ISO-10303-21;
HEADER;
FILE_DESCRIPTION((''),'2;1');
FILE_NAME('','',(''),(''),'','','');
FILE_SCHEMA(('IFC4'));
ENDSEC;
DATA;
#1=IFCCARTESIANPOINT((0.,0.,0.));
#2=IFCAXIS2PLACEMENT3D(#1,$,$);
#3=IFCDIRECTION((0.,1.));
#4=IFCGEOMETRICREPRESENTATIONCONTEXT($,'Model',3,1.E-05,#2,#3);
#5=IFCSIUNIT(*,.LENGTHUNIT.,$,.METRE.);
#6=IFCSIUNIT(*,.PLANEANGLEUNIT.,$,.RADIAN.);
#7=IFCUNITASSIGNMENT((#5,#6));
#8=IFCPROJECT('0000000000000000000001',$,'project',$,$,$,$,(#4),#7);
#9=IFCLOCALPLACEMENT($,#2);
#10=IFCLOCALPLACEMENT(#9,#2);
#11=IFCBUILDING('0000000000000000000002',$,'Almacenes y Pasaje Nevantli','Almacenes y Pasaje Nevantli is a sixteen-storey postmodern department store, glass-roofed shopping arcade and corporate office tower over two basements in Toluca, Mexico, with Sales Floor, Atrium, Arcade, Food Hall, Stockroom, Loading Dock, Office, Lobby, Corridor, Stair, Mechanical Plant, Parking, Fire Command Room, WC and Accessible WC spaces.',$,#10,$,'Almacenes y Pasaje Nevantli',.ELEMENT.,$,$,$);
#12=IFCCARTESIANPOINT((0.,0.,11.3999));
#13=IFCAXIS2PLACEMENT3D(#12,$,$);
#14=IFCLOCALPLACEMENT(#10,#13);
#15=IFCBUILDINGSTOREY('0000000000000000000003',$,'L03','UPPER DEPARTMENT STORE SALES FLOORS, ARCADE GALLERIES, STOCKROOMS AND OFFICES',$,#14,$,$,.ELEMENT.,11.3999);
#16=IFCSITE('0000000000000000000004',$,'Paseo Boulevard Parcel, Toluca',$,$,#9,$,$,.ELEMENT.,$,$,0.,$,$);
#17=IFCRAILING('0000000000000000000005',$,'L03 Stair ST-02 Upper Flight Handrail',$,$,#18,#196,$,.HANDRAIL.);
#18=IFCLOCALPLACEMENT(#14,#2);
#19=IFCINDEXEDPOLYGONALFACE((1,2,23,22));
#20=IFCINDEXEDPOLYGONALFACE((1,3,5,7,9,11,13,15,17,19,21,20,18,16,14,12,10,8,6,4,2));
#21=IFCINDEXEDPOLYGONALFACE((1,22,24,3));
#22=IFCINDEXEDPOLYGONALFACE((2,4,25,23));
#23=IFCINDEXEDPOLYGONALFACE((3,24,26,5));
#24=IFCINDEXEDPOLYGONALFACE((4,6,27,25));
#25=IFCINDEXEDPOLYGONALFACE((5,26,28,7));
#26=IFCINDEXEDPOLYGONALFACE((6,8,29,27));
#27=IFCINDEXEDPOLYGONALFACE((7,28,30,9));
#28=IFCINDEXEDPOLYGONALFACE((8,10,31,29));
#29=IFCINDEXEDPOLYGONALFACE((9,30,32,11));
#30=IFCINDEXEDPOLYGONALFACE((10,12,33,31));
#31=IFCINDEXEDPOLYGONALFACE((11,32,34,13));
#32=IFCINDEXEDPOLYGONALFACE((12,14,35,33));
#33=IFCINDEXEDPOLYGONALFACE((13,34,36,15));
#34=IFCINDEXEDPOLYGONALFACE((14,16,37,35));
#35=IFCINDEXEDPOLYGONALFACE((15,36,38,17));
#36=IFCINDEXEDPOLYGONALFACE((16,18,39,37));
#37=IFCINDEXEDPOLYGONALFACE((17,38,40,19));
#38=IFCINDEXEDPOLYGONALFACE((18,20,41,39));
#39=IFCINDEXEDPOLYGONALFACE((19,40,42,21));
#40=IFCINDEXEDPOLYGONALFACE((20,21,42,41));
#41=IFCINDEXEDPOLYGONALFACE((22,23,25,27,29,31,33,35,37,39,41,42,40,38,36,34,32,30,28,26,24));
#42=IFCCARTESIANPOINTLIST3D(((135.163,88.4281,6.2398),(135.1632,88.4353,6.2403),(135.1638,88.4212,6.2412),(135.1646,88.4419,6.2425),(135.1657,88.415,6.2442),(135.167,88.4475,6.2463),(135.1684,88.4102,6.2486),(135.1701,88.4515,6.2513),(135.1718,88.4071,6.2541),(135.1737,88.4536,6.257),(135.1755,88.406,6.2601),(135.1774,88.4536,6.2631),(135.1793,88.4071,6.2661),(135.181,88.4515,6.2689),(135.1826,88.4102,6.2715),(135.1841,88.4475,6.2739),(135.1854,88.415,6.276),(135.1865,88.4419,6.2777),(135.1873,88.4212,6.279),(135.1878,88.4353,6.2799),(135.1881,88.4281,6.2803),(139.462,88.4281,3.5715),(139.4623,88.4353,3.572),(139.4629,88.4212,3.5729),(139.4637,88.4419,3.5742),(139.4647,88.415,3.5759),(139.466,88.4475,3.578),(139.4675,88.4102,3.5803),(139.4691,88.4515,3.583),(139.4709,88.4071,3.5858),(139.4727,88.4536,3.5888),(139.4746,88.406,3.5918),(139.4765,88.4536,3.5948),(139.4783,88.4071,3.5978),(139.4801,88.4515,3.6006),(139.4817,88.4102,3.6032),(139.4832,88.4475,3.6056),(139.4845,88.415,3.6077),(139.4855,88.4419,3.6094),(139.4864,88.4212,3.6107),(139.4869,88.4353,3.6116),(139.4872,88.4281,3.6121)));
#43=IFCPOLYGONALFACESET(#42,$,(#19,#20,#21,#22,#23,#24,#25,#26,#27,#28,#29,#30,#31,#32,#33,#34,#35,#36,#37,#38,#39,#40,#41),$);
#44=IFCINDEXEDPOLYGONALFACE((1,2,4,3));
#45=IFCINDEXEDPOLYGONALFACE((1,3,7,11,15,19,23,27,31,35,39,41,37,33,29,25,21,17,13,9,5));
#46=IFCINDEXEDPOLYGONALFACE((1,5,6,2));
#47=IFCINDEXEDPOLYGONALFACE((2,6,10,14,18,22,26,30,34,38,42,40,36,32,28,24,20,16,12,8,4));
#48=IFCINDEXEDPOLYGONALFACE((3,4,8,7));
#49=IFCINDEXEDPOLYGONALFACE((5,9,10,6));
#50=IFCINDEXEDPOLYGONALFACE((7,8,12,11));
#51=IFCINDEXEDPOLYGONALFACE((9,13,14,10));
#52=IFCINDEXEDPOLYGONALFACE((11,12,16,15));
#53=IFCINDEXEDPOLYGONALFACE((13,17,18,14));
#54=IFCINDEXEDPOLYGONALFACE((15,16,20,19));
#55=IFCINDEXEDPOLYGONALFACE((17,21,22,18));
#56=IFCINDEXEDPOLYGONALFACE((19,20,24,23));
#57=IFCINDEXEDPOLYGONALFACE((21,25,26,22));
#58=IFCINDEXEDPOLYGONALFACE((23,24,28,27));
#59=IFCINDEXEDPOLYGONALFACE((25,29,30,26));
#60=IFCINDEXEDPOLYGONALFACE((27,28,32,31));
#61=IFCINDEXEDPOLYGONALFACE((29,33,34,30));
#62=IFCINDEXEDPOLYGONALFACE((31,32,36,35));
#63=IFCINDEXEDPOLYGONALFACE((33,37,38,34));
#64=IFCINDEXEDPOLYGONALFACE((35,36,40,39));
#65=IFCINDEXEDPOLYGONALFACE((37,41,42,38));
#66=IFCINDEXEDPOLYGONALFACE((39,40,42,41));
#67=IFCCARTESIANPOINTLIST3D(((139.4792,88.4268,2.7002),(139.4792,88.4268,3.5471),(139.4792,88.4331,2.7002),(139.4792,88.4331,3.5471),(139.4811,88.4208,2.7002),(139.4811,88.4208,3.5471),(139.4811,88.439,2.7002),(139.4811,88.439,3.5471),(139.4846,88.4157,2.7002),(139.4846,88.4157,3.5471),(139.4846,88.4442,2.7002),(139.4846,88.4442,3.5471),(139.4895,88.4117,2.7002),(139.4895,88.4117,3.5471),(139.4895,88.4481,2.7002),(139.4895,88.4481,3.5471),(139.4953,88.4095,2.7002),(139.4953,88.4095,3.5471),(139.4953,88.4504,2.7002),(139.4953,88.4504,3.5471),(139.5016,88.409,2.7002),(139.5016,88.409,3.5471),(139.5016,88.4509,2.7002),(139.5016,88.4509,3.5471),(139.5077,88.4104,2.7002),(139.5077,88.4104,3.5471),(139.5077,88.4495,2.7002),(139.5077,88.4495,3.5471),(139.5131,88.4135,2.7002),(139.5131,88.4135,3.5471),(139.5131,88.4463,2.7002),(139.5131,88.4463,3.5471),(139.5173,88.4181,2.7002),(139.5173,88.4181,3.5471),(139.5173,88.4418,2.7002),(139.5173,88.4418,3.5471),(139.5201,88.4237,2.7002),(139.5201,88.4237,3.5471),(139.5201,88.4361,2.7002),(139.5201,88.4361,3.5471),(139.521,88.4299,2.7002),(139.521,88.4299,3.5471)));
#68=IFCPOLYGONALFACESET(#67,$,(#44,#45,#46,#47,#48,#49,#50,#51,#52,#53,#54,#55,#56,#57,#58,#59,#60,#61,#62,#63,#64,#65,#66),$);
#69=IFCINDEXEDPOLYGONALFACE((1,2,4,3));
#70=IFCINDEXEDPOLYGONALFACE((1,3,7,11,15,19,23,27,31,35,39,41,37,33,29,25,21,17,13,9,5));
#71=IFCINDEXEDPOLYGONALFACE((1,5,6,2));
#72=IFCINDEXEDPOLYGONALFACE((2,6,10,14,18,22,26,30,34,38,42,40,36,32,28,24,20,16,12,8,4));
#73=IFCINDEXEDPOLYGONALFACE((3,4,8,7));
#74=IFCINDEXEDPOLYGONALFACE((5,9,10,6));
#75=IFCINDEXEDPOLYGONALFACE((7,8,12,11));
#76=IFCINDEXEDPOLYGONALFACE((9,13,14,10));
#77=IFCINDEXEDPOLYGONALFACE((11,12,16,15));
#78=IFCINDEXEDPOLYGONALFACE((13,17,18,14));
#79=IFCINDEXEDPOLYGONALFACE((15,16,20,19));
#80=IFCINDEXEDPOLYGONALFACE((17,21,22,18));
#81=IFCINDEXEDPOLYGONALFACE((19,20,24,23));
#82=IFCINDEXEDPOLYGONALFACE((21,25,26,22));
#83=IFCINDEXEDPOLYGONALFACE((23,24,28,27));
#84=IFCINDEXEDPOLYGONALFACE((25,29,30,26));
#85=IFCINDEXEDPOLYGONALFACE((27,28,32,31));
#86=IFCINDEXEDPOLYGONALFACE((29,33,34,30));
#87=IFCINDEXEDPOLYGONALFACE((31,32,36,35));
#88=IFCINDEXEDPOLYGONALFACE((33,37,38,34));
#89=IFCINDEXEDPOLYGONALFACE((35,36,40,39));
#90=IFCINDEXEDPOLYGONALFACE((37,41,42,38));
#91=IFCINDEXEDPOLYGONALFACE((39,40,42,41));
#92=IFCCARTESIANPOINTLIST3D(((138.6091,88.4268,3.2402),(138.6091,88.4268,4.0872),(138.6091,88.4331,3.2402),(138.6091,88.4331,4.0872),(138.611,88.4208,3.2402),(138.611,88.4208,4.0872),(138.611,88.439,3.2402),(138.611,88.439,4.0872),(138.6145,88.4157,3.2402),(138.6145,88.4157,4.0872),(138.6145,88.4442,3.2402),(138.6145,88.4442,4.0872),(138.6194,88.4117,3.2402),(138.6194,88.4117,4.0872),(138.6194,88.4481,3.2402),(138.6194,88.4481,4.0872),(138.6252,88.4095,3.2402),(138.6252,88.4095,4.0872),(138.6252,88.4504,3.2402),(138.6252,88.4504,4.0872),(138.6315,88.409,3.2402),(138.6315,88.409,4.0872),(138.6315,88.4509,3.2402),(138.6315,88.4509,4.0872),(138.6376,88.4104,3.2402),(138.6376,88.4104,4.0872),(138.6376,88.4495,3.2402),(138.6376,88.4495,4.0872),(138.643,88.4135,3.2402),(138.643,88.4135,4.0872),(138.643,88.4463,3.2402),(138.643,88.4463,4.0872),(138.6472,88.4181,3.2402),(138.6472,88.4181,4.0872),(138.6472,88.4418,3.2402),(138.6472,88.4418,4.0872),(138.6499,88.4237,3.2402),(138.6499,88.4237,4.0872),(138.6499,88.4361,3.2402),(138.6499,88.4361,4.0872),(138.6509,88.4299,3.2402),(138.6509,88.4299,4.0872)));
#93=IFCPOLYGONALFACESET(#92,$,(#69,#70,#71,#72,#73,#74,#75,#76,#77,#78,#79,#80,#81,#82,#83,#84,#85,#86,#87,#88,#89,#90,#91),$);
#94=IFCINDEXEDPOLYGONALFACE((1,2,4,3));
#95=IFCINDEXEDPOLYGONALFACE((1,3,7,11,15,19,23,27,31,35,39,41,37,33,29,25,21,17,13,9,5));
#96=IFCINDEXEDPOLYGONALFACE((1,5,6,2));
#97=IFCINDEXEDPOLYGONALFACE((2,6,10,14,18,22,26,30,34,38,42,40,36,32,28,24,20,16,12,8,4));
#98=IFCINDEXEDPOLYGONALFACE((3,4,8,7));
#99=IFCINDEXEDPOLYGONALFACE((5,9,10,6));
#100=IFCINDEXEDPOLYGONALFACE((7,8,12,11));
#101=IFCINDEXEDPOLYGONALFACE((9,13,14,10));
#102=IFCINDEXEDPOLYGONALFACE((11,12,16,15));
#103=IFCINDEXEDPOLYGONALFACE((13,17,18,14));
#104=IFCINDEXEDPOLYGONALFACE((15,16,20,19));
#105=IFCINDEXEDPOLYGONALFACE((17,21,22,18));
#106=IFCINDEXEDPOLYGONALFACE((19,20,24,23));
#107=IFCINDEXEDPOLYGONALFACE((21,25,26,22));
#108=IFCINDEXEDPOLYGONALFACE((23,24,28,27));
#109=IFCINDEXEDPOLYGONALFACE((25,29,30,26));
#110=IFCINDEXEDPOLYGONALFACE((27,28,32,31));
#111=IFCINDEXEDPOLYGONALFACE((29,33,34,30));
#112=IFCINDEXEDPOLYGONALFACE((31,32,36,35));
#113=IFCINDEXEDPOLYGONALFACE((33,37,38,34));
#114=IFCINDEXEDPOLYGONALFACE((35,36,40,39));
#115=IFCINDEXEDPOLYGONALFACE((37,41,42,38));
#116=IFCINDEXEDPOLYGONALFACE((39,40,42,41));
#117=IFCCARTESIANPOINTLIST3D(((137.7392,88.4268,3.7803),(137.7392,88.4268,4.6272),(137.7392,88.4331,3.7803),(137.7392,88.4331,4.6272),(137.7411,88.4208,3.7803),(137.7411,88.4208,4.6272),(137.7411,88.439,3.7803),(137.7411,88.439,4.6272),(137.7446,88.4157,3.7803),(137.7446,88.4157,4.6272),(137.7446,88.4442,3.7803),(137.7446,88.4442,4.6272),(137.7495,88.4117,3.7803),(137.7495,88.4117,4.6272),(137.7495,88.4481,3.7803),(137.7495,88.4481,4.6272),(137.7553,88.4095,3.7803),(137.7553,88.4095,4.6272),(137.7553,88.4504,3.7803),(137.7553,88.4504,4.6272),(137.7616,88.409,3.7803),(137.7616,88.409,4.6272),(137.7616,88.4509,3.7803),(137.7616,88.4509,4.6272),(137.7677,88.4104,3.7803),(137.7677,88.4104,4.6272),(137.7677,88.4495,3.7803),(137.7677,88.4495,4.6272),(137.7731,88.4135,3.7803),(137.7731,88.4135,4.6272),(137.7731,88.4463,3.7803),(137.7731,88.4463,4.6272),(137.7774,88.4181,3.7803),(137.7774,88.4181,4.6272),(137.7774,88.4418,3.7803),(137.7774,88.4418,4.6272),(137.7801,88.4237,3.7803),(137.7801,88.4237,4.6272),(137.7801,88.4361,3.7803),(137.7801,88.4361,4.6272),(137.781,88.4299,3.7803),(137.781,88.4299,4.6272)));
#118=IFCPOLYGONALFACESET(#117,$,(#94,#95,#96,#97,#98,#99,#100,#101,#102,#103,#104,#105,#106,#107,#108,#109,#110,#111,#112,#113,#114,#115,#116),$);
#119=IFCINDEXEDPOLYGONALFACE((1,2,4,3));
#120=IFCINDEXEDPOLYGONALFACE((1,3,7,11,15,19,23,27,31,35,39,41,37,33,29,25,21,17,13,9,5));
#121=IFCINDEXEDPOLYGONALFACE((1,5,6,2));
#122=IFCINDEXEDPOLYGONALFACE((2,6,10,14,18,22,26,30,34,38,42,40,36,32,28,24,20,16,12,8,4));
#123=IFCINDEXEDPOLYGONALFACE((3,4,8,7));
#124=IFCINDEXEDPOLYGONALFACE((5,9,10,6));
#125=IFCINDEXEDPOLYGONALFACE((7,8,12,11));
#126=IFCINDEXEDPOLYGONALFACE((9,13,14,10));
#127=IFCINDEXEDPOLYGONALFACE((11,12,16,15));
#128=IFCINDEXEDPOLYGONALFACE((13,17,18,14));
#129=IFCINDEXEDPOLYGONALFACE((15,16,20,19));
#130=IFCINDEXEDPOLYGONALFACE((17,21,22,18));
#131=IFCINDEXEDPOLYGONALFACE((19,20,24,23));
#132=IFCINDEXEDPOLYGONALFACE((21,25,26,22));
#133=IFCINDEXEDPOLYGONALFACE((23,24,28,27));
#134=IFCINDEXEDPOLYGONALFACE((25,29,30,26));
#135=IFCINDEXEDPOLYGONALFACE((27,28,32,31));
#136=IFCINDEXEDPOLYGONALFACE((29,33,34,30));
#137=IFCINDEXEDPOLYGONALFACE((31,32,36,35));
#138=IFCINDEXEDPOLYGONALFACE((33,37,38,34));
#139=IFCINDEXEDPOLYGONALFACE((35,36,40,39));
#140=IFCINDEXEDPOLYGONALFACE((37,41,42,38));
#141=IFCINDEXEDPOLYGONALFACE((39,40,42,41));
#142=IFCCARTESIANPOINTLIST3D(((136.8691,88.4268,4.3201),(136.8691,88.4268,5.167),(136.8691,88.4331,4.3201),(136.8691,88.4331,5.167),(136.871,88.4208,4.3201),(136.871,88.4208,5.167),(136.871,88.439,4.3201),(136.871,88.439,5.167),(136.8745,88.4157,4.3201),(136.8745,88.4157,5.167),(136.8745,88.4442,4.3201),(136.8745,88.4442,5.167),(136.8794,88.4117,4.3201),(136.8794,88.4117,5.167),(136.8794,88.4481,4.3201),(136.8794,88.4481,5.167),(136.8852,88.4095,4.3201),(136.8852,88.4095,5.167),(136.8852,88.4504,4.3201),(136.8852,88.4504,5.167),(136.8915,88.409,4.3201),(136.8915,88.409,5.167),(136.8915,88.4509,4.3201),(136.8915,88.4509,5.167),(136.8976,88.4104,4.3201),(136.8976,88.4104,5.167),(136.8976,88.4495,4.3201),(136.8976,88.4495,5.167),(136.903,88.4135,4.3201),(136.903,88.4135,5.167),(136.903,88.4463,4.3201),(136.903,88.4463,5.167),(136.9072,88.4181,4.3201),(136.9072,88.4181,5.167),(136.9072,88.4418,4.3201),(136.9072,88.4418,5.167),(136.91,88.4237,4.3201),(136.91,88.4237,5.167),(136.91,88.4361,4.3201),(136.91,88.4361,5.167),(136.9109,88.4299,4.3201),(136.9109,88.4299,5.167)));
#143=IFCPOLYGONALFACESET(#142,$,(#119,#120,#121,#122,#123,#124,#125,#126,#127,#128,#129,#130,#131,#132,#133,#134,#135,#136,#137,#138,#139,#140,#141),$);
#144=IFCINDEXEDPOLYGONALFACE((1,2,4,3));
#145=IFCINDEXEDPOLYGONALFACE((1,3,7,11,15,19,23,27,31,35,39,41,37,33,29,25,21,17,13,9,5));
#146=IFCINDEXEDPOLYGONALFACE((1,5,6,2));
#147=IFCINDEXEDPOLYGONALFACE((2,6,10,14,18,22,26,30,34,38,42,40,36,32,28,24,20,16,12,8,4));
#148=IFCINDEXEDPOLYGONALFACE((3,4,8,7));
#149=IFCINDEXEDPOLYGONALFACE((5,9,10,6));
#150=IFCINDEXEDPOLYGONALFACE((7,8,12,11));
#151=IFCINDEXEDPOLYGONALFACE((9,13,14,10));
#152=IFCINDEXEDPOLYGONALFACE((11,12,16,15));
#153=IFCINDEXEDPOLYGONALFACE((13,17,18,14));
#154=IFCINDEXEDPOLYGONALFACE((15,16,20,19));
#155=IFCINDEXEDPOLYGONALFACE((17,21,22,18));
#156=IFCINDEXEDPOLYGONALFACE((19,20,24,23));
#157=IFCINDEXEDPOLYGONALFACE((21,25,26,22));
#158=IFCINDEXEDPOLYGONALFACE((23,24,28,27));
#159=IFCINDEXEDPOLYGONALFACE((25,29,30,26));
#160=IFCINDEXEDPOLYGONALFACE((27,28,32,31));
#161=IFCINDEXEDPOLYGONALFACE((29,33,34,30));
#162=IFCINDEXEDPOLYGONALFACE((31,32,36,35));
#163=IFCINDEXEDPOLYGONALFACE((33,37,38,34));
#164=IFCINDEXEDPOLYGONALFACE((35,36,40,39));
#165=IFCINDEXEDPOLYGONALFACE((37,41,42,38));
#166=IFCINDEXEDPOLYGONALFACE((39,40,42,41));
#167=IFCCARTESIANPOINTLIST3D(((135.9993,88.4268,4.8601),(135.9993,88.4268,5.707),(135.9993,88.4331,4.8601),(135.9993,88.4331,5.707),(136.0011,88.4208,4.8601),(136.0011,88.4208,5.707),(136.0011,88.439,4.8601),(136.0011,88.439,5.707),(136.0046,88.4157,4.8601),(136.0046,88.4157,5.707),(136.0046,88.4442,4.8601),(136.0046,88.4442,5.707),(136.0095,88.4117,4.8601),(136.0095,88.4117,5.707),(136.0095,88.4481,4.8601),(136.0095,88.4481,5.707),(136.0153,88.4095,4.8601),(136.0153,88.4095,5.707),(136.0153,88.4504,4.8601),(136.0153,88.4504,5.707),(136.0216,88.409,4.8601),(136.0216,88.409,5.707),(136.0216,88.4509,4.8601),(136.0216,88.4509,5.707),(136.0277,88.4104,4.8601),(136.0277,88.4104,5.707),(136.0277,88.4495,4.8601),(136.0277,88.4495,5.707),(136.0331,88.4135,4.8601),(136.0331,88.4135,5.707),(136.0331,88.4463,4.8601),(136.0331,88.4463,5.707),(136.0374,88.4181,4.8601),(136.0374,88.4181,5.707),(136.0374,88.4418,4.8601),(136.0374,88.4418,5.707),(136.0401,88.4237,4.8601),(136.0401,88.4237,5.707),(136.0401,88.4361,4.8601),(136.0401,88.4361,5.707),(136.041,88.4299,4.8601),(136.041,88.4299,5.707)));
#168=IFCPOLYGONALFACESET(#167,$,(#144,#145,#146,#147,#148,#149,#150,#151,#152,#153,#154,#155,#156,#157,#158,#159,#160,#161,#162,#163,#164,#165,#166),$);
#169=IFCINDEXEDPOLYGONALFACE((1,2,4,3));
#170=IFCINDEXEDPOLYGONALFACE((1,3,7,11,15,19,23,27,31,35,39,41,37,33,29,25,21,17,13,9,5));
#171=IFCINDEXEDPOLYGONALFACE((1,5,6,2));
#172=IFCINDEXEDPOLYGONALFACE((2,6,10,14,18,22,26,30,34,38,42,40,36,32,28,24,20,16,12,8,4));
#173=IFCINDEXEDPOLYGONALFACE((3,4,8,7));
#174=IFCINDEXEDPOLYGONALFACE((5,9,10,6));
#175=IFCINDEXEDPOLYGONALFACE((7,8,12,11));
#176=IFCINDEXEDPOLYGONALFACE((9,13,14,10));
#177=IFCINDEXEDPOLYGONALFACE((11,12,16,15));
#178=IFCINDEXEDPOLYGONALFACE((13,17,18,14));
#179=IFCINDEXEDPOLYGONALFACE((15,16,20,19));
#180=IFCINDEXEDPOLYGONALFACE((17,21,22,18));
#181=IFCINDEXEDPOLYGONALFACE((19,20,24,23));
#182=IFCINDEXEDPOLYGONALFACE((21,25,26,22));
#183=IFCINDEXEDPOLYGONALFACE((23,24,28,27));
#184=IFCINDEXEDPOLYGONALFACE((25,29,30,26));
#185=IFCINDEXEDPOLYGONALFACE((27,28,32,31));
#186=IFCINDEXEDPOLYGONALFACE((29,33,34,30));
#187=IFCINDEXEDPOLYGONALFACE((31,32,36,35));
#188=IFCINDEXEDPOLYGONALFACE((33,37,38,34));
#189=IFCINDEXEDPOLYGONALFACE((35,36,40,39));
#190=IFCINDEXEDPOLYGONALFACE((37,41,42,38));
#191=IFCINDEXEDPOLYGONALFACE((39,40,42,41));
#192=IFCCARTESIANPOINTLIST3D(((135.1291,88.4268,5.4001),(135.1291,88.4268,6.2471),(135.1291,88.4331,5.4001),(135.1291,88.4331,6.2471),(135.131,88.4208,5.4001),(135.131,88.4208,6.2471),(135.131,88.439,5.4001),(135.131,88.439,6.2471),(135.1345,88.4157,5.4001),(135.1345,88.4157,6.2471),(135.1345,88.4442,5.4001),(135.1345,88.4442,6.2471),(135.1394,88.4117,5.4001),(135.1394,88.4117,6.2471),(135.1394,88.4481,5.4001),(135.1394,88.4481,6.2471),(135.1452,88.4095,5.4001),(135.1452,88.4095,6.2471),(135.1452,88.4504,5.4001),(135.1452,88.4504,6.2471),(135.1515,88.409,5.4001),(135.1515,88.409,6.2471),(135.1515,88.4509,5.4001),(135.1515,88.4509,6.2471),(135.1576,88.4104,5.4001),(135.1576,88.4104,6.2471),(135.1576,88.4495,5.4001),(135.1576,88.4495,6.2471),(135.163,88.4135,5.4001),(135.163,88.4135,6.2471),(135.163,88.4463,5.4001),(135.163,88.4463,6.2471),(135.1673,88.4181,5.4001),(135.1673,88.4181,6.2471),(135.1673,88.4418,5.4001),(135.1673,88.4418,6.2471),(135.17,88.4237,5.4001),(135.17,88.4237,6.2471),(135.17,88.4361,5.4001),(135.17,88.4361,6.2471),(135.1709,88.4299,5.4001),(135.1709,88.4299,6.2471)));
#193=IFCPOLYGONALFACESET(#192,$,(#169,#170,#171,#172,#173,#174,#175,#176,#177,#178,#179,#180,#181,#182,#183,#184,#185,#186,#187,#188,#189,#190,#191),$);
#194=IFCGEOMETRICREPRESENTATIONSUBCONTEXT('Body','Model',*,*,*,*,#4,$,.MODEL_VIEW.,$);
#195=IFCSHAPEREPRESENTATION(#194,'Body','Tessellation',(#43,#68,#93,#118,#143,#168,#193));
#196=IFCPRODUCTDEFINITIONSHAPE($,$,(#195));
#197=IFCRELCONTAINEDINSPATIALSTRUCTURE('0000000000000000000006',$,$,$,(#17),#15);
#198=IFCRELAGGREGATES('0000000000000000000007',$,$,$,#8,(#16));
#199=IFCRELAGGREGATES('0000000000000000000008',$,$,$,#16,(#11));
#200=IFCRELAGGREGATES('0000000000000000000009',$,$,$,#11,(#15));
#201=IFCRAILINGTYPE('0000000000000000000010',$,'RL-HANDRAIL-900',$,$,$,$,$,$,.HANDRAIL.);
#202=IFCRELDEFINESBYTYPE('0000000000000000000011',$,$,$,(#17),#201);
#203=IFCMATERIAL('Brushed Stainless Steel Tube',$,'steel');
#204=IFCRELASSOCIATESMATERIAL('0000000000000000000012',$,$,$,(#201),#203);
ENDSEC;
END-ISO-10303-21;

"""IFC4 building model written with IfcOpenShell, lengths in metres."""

from ifc_helpers import new_model, si_unit, direction, frame, origin, origin_2d, place, context, subcontext, project, spatial, circle, extrude, material, type_object, element, save


model = new_model("IFC4")

# Units and contexts
model_context = context("Model", 3, precision=1e-05, world=origin(), true_north=direction((0.0, 1.0)))
body_context = subcontext(model_context, "Body", "Model", "MODEL_VIEW")
ifc_project = project(units=[si_unit("LENGTHUNIT", "METRE"), si_unit("PLANEANGLEUNIT", "RADIAN")], contexts=[model_context])

# Site, building, storey
site_placement = place(None, origin())
site = spatial("IfcSite", under=ifc_project, at=site_placement, Name="Paseo Boulevard Parcel, Toluca", CompositionType="ELEMENT", RefElevation=0.0)
building_placement = place(site_placement, origin())
building = spatial("IfcBuilding", under=site, at=building_placement, Name="Almacenes y Pasaje Nevantli", Description="Almacenes y Pasaje Nevantli is a sixteen-storey postmodern department store, glass-roofed shopping arcade and corporate office tower over two basements in Toluca, Mexico, with Sales Floor, Atrium, Arcade, Food Hall, Stockroom, Loading Dock, Office, Lobby, Corridor, Stair, Mechanical Plant, Parking, Fire Command Room, WC and Accessible WC spaces.", LongName="Almacenes y Pasaje Nevantli", CompositionType="ELEMENT")
storey_placement = place(building_placement, frame((0.0, 0.0, 11.3999)))
storey = spatial("IfcBuildingStorey", under=building, at=storey_placement, Name="L03", Description="UPPER DEPARTMENT STORE SALES FLOORS, ARCADE GALLERIES, STOCKROOMS AND OFFICES", CompositionType="ELEMENT", Elevation=11.3999)

# Railing
ifc_material_1 = material(Name="Brushed Stainless Steel Tube", Category="steel")
railing_type = type_object("IfcRailingType", Name="RL-HANDRAIL-900", PredefinedType="HANDRAIL", material=ifc_material_1)
railing_placement = place(storey_placement, frame((139.5, 88.4299, 2.7002)))
element("IfcRailing", 1, at=railing_placement, inside=storey, type_object=railing_type, Name="L03 Stair ST-02 Upper Flight Handrail", PredefinedType="HANDRAIL", context=body_context, shape_type="SweptSolid", body=[
    extrude(circle(Radius=0.0239, at=origin_2d()), frame((-0.0254, 0.0, 0.8916), z_axis=(-0.84965, 0.0, 0.527347), x_axis=(0.0, -1.0, 0.0)), (0.0, 0.0, 1.0), 5.0598),
    extrude(circle(Radius=0.021, at=origin_2d()), origin(), (0.0, 0.0, 1.0), 0.8469),
    extrude(circle(Radius=0.021, at=origin_2d()), frame((-0.8701, 0.0, 0.54)), (0.0, 0.0, 1.0), 0.8469),
    extrude(circle(Radius=0.021, at=origin_2d()), frame((-1.74, 0.0, 1.0801)), (0.0, 0.0, 1.0), 0.8469),
    extrude(circle(Radius=0.021, at=origin_2d()), frame((-2.6101, 0.0, 1.6199)), (0.0, 0.0, 1.0), 0.8469),
    extrude(circle(Radius=0.021, at=origin_2d()), frame((-3.48, 0.0, 2.1599)), (0.0, 0.0, 1.0), 0.8469),
    extrude(circle(Radius=0.021, at=origin_2d()), frame((-4.3501, 0.0, 2.7)), (0.0, 0.0, 1.0), 0.8469),
])

save(model, "model.ifc")
